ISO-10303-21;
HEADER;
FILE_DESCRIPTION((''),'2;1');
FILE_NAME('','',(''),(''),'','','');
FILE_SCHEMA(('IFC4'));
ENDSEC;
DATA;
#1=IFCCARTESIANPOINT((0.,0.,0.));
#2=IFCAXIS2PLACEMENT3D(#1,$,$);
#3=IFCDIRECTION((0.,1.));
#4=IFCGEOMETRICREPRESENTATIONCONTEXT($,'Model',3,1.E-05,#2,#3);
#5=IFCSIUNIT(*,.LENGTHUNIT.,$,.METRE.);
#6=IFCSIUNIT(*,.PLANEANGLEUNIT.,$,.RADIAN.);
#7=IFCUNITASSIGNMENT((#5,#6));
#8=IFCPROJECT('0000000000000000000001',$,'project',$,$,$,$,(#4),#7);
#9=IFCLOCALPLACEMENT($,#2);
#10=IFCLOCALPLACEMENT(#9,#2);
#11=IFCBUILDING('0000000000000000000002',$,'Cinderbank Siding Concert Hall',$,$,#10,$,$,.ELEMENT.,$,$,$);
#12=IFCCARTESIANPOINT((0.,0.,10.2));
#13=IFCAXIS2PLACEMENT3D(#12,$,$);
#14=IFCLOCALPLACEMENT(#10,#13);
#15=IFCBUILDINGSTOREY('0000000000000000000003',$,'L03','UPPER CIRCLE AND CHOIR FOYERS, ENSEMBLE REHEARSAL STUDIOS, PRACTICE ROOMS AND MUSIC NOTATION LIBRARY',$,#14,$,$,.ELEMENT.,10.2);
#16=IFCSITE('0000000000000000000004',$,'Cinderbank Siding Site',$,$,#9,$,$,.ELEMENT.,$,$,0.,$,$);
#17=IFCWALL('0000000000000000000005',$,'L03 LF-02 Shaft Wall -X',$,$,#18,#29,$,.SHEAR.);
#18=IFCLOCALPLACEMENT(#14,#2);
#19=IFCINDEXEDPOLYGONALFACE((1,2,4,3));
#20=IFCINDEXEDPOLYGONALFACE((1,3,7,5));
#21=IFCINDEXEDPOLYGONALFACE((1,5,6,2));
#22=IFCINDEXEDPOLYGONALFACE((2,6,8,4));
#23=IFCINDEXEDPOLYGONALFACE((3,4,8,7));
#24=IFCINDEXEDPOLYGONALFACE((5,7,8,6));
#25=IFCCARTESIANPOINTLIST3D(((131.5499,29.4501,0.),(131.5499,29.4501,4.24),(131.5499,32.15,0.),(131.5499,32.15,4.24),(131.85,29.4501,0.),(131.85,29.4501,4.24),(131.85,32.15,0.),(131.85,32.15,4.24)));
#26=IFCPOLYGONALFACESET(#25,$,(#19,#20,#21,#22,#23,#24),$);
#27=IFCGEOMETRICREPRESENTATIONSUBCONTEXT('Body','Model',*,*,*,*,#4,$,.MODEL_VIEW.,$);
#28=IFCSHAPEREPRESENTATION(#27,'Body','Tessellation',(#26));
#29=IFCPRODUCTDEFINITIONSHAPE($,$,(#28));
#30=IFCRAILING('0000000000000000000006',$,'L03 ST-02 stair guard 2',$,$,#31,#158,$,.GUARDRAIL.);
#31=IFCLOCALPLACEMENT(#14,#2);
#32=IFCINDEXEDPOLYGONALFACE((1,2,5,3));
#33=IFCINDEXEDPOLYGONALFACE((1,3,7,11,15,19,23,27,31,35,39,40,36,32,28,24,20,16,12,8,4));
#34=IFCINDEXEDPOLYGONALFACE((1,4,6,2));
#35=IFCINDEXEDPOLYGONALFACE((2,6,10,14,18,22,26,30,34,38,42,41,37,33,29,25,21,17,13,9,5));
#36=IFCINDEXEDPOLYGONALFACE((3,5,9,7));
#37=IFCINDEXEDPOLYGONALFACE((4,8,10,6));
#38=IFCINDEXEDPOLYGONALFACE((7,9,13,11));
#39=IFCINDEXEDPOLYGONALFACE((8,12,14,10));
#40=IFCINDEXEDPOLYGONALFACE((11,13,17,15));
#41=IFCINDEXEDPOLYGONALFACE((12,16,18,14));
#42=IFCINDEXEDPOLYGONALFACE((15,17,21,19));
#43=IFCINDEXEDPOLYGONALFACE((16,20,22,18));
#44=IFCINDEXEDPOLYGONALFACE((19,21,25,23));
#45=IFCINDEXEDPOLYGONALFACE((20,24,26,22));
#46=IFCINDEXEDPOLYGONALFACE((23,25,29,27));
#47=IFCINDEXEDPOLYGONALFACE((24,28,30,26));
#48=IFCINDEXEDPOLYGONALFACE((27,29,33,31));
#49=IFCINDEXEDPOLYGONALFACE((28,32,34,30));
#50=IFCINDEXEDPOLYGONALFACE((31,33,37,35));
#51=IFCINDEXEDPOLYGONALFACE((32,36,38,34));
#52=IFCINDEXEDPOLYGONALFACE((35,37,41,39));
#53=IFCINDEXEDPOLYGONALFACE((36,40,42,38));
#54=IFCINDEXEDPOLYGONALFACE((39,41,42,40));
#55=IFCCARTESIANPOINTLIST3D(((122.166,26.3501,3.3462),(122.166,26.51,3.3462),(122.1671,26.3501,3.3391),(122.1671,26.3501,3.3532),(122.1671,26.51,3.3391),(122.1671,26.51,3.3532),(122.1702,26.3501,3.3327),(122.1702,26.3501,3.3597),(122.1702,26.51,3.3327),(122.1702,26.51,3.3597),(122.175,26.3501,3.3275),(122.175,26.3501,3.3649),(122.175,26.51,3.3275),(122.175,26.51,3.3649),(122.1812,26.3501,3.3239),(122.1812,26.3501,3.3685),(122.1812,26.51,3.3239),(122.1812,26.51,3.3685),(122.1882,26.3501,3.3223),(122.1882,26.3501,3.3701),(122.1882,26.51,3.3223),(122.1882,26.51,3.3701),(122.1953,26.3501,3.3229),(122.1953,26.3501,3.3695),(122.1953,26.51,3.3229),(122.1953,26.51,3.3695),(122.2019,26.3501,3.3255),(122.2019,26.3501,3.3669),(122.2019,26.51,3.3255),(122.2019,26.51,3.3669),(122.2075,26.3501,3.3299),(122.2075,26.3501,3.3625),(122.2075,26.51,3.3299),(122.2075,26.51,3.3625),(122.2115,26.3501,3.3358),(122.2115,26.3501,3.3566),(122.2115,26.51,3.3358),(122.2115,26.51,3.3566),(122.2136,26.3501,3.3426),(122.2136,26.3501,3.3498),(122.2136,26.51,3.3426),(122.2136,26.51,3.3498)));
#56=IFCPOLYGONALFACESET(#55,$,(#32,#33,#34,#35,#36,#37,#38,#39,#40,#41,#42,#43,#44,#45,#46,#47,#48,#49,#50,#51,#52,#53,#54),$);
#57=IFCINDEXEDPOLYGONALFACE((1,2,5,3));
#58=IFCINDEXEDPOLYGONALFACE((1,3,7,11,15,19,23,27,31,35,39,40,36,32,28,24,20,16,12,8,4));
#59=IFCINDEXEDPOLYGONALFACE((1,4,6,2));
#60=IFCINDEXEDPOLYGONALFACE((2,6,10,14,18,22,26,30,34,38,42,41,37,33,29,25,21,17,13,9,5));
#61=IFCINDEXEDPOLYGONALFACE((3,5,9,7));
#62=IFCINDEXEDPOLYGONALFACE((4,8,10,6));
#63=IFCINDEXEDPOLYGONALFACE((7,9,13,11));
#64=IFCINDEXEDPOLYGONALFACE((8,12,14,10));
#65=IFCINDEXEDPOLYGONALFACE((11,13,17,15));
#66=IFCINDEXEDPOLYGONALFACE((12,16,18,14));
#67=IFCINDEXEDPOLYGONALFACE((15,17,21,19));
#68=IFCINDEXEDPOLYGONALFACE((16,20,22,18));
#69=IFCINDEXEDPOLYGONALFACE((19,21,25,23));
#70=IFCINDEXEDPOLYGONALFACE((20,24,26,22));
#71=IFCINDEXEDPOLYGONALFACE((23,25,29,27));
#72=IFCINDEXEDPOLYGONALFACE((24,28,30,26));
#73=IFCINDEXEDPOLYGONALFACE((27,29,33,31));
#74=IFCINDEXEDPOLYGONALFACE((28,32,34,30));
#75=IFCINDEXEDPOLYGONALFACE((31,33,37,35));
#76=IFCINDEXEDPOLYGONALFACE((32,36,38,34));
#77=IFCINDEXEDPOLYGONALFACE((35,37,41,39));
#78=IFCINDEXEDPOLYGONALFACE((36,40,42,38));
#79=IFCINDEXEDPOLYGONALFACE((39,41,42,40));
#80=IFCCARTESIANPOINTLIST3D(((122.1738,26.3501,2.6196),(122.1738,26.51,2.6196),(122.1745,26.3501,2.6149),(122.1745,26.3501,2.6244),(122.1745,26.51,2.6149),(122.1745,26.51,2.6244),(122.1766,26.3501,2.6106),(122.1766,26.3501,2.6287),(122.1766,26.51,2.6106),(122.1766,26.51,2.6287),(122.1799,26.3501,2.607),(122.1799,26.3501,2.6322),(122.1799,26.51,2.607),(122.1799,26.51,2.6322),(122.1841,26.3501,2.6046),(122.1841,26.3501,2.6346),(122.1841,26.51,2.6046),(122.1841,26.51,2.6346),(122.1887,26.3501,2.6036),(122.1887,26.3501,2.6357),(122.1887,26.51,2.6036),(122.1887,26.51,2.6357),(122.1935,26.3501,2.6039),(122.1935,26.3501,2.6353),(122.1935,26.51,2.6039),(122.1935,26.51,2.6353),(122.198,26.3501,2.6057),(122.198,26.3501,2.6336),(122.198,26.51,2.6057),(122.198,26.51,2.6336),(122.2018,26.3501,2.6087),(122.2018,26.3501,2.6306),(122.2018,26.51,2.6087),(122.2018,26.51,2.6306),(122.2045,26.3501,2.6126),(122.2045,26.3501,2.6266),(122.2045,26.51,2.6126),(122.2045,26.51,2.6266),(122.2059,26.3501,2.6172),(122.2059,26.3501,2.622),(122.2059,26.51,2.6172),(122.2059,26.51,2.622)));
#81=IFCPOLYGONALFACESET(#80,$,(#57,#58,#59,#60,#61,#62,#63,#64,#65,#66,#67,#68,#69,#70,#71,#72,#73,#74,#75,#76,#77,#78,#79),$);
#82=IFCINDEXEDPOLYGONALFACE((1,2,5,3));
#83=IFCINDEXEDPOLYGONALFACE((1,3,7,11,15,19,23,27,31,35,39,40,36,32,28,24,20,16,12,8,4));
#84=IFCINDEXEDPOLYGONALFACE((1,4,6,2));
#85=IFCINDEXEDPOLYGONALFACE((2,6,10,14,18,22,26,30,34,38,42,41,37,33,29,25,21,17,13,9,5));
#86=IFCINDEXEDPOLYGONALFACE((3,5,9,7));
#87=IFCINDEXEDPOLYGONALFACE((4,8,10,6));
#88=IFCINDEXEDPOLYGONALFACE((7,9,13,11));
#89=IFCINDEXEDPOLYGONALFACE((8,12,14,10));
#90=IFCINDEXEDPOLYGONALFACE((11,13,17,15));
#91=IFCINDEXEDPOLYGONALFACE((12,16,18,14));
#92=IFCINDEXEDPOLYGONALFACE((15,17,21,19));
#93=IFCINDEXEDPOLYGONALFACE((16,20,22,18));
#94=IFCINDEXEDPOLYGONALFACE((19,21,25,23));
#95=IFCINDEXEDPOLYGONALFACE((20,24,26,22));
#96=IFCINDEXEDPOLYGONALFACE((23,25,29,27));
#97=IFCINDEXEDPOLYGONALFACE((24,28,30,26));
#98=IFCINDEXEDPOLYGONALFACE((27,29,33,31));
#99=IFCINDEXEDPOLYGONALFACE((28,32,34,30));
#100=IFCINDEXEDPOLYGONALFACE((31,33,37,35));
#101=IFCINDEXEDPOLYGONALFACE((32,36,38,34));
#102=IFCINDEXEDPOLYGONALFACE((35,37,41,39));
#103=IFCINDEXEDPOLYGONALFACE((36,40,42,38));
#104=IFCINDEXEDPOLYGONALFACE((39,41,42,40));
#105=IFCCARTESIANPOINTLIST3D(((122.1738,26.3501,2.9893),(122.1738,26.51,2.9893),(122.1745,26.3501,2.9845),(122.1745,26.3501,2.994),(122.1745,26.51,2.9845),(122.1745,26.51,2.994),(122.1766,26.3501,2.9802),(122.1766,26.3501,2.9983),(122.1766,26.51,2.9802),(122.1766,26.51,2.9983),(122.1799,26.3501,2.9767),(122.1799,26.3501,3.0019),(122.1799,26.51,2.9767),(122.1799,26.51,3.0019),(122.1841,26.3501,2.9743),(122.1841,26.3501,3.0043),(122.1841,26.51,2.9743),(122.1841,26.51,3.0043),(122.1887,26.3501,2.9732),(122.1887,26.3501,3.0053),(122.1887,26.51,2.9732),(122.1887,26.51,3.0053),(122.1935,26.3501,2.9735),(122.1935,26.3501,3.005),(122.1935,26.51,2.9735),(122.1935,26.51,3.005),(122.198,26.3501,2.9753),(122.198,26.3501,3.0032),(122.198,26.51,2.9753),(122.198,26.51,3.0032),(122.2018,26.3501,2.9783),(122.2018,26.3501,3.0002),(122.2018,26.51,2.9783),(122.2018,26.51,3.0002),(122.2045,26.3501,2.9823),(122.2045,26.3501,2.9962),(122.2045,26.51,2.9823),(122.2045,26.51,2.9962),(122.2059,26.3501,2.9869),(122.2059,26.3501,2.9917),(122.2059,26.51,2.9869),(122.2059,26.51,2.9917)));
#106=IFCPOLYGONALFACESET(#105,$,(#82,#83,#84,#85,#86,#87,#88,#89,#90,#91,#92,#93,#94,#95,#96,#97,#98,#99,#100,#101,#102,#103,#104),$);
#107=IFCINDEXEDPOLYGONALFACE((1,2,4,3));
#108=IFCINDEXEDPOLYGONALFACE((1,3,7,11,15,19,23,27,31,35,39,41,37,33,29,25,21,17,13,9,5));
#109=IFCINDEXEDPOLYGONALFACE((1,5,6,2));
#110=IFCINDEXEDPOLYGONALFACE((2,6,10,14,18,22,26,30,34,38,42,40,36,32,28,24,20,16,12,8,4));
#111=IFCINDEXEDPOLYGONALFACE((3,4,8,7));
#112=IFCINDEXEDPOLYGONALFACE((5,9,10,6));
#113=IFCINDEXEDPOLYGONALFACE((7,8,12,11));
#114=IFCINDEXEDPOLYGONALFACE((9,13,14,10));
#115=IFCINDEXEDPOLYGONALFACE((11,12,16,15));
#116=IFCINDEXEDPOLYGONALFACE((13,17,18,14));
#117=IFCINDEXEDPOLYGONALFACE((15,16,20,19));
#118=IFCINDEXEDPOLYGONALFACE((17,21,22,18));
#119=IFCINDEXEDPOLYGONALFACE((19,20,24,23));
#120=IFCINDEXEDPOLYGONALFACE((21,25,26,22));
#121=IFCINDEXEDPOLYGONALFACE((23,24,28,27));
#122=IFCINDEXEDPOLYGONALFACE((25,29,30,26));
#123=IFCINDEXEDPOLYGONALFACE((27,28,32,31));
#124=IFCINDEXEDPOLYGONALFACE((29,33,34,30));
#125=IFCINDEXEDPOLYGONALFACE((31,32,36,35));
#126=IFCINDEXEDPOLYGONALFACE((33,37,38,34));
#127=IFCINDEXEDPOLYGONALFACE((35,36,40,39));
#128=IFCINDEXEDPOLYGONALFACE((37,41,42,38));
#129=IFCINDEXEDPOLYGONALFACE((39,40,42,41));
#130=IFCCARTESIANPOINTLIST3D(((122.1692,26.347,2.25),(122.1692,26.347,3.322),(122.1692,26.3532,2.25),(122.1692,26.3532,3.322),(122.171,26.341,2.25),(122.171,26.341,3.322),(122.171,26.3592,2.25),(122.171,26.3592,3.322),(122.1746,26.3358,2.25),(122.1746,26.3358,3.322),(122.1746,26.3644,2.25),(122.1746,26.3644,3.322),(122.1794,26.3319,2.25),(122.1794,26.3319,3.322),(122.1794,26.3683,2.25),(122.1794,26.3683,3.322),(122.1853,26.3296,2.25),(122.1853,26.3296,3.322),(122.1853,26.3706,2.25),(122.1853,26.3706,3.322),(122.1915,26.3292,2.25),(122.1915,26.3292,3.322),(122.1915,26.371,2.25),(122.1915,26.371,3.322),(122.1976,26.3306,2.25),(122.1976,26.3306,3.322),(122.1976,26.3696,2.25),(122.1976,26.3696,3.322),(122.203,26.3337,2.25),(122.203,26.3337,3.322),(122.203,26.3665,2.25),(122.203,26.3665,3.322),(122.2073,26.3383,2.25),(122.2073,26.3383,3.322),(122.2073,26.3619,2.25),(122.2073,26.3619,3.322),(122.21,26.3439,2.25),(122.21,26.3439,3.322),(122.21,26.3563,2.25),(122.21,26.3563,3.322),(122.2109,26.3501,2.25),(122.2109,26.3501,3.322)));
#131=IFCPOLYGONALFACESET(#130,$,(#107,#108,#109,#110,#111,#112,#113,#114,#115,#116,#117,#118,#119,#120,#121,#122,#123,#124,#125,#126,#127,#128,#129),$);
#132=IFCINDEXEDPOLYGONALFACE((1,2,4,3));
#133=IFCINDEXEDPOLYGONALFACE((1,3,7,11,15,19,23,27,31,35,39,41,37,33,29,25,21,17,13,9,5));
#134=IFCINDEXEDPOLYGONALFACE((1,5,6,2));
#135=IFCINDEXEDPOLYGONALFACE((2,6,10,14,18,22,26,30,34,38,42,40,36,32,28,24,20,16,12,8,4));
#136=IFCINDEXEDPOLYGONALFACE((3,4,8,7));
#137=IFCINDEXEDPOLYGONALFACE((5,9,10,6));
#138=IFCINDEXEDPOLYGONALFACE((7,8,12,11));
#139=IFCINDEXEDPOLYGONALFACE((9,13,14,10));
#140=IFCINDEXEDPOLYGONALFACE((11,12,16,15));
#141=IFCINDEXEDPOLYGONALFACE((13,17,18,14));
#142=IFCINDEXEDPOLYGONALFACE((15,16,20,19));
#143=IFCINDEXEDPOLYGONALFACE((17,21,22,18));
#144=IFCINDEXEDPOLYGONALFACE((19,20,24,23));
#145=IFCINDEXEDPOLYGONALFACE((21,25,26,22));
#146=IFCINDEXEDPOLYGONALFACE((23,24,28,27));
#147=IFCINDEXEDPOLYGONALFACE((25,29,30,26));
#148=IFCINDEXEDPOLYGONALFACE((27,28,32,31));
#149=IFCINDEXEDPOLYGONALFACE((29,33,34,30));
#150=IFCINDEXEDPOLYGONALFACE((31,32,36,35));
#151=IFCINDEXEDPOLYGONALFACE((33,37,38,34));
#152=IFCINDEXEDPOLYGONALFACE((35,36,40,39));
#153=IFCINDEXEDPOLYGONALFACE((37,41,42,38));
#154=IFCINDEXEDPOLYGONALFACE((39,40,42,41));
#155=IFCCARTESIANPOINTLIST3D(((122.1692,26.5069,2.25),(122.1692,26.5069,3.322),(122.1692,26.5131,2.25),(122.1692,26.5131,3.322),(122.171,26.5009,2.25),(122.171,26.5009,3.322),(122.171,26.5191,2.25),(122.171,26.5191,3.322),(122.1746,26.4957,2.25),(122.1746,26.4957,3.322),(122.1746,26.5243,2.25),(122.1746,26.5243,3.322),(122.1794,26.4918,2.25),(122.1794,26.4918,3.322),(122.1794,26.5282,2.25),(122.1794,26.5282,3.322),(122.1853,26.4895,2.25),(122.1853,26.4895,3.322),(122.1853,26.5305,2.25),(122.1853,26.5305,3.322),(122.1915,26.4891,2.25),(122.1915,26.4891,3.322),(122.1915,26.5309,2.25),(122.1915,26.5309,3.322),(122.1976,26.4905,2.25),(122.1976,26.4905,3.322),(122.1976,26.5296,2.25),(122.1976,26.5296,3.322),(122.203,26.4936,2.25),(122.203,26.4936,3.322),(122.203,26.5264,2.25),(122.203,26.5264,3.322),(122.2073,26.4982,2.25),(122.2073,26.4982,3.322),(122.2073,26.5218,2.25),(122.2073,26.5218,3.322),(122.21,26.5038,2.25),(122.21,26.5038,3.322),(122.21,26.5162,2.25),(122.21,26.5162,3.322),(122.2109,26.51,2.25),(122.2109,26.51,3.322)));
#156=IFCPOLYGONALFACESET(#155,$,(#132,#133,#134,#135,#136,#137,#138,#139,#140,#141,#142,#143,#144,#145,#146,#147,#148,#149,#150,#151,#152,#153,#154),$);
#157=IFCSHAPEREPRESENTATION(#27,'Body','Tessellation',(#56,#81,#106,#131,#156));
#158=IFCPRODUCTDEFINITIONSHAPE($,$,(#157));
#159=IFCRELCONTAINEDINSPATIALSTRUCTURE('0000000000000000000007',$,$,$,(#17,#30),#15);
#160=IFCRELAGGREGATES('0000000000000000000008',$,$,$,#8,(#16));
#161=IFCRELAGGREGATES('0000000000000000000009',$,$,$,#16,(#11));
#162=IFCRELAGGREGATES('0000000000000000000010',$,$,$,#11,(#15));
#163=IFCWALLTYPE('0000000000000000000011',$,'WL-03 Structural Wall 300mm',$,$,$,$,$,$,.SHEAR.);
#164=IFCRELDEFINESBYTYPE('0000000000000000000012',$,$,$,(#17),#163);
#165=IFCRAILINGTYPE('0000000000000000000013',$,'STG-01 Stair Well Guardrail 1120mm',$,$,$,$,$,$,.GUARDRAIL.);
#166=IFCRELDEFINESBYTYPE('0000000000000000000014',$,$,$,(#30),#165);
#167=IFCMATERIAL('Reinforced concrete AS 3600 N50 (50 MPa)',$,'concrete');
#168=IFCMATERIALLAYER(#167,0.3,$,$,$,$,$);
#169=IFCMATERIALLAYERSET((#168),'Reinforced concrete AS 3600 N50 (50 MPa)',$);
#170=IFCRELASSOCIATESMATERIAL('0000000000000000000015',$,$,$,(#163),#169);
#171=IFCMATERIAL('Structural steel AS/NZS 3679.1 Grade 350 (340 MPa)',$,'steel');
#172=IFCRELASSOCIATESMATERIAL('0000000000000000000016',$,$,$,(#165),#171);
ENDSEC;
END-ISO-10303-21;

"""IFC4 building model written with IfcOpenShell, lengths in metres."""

from ifc_helpers import new_model, si_unit, direction, frame, frame_2d, origin, origin_2d, place, context, subcontext, project, spatial, rectangle, circle, extrude, material, layer, layer_set, type_object, element, save


model = new_model("IFC4")

# Units and contexts
model_context = context("Model", 3, precision=1e-05, world=origin(), true_north=direction((0.0, 1.0)))
body_context = subcontext(model_context, "Body", "Model", "MODEL_VIEW")
ifc_project = project(units=[si_unit("LENGTHUNIT", "METRE"), si_unit("PLANEANGLEUNIT", "RADIAN")], contexts=[model_context])

# Site, building, storey
site_placement = place(None, origin())
site = spatial("IfcSite", under=ifc_project, at=site_placement, Name="Cinderbank Siding Site", CompositionType="ELEMENT", RefElevation=0.0)
building_placement = place(site_placement, origin())
building = spatial("IfcBuilding", under=site, at=building_placement, Name="Cinderbank Siding Concert Hall", CompositionType="ELEMENT")
storey_placement = place(building_placement, frame((0.0, 0.0, 10.2)))
storey = spatial("IfcBuildingStorey", under=building, at=storey_placement, Name="L03", Description="UPPER CIRCLE AND CHOIR FOYERS, ENSEMBLE REHEARSAL STUDIOS, PRACTICE ROOMS AND MUSIC NOTATION LIBRARY", CompositionType="ELEMENT", Elevation=10.2)

# Shared definitions
ifc_material_1 = material(Name="Reinforced concrete AS 3600 N50 (50 MPa)", Category="concrete")

# Shared definitions
ifc_material_2 = material(Name="Structural steel AS/NZS 3679.1 Grade 350 (340 MPa)", Category="steel")

# Shared definitions
ifc_layer_1 = layer(ifc_material_1, 0.3)
ifc_layer_set_1 = layer_set([ifc_layer_1], Name="Reinforced concrete AS 3600 N50 (50 MPa)")
wall_type_1 = type_object("IfcWallType", Name="WL-03 Structural Wall 300mm", PredefinedType="SHEAR", material=ifc_layer_set_1)

# Wall
wall_1_placement = place(storey_placement, frame((131.7, 29.45, 0.0), z_axis=(0.0, 0.0, 1.0), x_axis=(0.0, 1.0, 0.0)))
element("IfcWall", 1, at=wall_1_placement, inside=storey, type_object=wall_type_1, Name="L03 LF-02 Shaft Wall -X", PredefinedType="SHEAR", context=body_context, shape_type="SweptSolid", body=[
    extrude(rectangle(XDim=2.7, YDim=0.3, at=frame_2d((1.3501, 0.0))), origin(), (0.0, 0.0, 1.0), 4.24),
])

# Railing
railing_type_1 = type_object("IfcRailingType", Name="STG-01 Stair Well Guardrail 1120mm", PredefinedType="GUARDRAIL", material=ifc_material_2)
railing_1_placement = place(storey_placement, frame((122.1899, 26.3501, 2.25)))
element("IfcRailing", 2, at=railing_1_placement, inside=storey, type_object=railing_type_1, Name="L03 ST-02 stair guard 2", PredefinedType="GUARDRAIL", context=body_context, shape_type="SweptSolid", body=[
    extrude(circle(Radius=0.0239, at=origin_2d()), frame((0.0, 0.0, 1.0962), z_axis=(0.0, 1.0, 0.0), x_axis=(-1.0, 0.0, 0.0)), (0.0, 0.0, 1.0), 0.1599),
    extrude(circle(Radius=0.0161, at=origin_2d()), frame((0.0, 0.0, 0.3696), z_axis=(0.0, 1.0, 0.0), x_axis=(-1.0, 0.0, 0.0)), (0.0, 0.0, 1.0), 0.1599),
    extrude(circle(Radius=0.0161, at=origin_2d()), frame((0.0, 0.0, 0.7393), z_axis=(0.0, 1.0, 0.0), x_axis=(-1.0, 0.0, 0.0)), (0.0, 0.0, 1.0), 0.1599),
    extrude(circle(Radius=0.021, at=origin_2d()), origin(), (0.0, 0.0, 1.0), 1.072),
    extrude(circle(Radius=0.021, at=origin_2d()), frame((0.0, 0.1599, 0.0)), (0.0, 0.0, 1.0), 1.072),
])

save(model, "model.ifc")
